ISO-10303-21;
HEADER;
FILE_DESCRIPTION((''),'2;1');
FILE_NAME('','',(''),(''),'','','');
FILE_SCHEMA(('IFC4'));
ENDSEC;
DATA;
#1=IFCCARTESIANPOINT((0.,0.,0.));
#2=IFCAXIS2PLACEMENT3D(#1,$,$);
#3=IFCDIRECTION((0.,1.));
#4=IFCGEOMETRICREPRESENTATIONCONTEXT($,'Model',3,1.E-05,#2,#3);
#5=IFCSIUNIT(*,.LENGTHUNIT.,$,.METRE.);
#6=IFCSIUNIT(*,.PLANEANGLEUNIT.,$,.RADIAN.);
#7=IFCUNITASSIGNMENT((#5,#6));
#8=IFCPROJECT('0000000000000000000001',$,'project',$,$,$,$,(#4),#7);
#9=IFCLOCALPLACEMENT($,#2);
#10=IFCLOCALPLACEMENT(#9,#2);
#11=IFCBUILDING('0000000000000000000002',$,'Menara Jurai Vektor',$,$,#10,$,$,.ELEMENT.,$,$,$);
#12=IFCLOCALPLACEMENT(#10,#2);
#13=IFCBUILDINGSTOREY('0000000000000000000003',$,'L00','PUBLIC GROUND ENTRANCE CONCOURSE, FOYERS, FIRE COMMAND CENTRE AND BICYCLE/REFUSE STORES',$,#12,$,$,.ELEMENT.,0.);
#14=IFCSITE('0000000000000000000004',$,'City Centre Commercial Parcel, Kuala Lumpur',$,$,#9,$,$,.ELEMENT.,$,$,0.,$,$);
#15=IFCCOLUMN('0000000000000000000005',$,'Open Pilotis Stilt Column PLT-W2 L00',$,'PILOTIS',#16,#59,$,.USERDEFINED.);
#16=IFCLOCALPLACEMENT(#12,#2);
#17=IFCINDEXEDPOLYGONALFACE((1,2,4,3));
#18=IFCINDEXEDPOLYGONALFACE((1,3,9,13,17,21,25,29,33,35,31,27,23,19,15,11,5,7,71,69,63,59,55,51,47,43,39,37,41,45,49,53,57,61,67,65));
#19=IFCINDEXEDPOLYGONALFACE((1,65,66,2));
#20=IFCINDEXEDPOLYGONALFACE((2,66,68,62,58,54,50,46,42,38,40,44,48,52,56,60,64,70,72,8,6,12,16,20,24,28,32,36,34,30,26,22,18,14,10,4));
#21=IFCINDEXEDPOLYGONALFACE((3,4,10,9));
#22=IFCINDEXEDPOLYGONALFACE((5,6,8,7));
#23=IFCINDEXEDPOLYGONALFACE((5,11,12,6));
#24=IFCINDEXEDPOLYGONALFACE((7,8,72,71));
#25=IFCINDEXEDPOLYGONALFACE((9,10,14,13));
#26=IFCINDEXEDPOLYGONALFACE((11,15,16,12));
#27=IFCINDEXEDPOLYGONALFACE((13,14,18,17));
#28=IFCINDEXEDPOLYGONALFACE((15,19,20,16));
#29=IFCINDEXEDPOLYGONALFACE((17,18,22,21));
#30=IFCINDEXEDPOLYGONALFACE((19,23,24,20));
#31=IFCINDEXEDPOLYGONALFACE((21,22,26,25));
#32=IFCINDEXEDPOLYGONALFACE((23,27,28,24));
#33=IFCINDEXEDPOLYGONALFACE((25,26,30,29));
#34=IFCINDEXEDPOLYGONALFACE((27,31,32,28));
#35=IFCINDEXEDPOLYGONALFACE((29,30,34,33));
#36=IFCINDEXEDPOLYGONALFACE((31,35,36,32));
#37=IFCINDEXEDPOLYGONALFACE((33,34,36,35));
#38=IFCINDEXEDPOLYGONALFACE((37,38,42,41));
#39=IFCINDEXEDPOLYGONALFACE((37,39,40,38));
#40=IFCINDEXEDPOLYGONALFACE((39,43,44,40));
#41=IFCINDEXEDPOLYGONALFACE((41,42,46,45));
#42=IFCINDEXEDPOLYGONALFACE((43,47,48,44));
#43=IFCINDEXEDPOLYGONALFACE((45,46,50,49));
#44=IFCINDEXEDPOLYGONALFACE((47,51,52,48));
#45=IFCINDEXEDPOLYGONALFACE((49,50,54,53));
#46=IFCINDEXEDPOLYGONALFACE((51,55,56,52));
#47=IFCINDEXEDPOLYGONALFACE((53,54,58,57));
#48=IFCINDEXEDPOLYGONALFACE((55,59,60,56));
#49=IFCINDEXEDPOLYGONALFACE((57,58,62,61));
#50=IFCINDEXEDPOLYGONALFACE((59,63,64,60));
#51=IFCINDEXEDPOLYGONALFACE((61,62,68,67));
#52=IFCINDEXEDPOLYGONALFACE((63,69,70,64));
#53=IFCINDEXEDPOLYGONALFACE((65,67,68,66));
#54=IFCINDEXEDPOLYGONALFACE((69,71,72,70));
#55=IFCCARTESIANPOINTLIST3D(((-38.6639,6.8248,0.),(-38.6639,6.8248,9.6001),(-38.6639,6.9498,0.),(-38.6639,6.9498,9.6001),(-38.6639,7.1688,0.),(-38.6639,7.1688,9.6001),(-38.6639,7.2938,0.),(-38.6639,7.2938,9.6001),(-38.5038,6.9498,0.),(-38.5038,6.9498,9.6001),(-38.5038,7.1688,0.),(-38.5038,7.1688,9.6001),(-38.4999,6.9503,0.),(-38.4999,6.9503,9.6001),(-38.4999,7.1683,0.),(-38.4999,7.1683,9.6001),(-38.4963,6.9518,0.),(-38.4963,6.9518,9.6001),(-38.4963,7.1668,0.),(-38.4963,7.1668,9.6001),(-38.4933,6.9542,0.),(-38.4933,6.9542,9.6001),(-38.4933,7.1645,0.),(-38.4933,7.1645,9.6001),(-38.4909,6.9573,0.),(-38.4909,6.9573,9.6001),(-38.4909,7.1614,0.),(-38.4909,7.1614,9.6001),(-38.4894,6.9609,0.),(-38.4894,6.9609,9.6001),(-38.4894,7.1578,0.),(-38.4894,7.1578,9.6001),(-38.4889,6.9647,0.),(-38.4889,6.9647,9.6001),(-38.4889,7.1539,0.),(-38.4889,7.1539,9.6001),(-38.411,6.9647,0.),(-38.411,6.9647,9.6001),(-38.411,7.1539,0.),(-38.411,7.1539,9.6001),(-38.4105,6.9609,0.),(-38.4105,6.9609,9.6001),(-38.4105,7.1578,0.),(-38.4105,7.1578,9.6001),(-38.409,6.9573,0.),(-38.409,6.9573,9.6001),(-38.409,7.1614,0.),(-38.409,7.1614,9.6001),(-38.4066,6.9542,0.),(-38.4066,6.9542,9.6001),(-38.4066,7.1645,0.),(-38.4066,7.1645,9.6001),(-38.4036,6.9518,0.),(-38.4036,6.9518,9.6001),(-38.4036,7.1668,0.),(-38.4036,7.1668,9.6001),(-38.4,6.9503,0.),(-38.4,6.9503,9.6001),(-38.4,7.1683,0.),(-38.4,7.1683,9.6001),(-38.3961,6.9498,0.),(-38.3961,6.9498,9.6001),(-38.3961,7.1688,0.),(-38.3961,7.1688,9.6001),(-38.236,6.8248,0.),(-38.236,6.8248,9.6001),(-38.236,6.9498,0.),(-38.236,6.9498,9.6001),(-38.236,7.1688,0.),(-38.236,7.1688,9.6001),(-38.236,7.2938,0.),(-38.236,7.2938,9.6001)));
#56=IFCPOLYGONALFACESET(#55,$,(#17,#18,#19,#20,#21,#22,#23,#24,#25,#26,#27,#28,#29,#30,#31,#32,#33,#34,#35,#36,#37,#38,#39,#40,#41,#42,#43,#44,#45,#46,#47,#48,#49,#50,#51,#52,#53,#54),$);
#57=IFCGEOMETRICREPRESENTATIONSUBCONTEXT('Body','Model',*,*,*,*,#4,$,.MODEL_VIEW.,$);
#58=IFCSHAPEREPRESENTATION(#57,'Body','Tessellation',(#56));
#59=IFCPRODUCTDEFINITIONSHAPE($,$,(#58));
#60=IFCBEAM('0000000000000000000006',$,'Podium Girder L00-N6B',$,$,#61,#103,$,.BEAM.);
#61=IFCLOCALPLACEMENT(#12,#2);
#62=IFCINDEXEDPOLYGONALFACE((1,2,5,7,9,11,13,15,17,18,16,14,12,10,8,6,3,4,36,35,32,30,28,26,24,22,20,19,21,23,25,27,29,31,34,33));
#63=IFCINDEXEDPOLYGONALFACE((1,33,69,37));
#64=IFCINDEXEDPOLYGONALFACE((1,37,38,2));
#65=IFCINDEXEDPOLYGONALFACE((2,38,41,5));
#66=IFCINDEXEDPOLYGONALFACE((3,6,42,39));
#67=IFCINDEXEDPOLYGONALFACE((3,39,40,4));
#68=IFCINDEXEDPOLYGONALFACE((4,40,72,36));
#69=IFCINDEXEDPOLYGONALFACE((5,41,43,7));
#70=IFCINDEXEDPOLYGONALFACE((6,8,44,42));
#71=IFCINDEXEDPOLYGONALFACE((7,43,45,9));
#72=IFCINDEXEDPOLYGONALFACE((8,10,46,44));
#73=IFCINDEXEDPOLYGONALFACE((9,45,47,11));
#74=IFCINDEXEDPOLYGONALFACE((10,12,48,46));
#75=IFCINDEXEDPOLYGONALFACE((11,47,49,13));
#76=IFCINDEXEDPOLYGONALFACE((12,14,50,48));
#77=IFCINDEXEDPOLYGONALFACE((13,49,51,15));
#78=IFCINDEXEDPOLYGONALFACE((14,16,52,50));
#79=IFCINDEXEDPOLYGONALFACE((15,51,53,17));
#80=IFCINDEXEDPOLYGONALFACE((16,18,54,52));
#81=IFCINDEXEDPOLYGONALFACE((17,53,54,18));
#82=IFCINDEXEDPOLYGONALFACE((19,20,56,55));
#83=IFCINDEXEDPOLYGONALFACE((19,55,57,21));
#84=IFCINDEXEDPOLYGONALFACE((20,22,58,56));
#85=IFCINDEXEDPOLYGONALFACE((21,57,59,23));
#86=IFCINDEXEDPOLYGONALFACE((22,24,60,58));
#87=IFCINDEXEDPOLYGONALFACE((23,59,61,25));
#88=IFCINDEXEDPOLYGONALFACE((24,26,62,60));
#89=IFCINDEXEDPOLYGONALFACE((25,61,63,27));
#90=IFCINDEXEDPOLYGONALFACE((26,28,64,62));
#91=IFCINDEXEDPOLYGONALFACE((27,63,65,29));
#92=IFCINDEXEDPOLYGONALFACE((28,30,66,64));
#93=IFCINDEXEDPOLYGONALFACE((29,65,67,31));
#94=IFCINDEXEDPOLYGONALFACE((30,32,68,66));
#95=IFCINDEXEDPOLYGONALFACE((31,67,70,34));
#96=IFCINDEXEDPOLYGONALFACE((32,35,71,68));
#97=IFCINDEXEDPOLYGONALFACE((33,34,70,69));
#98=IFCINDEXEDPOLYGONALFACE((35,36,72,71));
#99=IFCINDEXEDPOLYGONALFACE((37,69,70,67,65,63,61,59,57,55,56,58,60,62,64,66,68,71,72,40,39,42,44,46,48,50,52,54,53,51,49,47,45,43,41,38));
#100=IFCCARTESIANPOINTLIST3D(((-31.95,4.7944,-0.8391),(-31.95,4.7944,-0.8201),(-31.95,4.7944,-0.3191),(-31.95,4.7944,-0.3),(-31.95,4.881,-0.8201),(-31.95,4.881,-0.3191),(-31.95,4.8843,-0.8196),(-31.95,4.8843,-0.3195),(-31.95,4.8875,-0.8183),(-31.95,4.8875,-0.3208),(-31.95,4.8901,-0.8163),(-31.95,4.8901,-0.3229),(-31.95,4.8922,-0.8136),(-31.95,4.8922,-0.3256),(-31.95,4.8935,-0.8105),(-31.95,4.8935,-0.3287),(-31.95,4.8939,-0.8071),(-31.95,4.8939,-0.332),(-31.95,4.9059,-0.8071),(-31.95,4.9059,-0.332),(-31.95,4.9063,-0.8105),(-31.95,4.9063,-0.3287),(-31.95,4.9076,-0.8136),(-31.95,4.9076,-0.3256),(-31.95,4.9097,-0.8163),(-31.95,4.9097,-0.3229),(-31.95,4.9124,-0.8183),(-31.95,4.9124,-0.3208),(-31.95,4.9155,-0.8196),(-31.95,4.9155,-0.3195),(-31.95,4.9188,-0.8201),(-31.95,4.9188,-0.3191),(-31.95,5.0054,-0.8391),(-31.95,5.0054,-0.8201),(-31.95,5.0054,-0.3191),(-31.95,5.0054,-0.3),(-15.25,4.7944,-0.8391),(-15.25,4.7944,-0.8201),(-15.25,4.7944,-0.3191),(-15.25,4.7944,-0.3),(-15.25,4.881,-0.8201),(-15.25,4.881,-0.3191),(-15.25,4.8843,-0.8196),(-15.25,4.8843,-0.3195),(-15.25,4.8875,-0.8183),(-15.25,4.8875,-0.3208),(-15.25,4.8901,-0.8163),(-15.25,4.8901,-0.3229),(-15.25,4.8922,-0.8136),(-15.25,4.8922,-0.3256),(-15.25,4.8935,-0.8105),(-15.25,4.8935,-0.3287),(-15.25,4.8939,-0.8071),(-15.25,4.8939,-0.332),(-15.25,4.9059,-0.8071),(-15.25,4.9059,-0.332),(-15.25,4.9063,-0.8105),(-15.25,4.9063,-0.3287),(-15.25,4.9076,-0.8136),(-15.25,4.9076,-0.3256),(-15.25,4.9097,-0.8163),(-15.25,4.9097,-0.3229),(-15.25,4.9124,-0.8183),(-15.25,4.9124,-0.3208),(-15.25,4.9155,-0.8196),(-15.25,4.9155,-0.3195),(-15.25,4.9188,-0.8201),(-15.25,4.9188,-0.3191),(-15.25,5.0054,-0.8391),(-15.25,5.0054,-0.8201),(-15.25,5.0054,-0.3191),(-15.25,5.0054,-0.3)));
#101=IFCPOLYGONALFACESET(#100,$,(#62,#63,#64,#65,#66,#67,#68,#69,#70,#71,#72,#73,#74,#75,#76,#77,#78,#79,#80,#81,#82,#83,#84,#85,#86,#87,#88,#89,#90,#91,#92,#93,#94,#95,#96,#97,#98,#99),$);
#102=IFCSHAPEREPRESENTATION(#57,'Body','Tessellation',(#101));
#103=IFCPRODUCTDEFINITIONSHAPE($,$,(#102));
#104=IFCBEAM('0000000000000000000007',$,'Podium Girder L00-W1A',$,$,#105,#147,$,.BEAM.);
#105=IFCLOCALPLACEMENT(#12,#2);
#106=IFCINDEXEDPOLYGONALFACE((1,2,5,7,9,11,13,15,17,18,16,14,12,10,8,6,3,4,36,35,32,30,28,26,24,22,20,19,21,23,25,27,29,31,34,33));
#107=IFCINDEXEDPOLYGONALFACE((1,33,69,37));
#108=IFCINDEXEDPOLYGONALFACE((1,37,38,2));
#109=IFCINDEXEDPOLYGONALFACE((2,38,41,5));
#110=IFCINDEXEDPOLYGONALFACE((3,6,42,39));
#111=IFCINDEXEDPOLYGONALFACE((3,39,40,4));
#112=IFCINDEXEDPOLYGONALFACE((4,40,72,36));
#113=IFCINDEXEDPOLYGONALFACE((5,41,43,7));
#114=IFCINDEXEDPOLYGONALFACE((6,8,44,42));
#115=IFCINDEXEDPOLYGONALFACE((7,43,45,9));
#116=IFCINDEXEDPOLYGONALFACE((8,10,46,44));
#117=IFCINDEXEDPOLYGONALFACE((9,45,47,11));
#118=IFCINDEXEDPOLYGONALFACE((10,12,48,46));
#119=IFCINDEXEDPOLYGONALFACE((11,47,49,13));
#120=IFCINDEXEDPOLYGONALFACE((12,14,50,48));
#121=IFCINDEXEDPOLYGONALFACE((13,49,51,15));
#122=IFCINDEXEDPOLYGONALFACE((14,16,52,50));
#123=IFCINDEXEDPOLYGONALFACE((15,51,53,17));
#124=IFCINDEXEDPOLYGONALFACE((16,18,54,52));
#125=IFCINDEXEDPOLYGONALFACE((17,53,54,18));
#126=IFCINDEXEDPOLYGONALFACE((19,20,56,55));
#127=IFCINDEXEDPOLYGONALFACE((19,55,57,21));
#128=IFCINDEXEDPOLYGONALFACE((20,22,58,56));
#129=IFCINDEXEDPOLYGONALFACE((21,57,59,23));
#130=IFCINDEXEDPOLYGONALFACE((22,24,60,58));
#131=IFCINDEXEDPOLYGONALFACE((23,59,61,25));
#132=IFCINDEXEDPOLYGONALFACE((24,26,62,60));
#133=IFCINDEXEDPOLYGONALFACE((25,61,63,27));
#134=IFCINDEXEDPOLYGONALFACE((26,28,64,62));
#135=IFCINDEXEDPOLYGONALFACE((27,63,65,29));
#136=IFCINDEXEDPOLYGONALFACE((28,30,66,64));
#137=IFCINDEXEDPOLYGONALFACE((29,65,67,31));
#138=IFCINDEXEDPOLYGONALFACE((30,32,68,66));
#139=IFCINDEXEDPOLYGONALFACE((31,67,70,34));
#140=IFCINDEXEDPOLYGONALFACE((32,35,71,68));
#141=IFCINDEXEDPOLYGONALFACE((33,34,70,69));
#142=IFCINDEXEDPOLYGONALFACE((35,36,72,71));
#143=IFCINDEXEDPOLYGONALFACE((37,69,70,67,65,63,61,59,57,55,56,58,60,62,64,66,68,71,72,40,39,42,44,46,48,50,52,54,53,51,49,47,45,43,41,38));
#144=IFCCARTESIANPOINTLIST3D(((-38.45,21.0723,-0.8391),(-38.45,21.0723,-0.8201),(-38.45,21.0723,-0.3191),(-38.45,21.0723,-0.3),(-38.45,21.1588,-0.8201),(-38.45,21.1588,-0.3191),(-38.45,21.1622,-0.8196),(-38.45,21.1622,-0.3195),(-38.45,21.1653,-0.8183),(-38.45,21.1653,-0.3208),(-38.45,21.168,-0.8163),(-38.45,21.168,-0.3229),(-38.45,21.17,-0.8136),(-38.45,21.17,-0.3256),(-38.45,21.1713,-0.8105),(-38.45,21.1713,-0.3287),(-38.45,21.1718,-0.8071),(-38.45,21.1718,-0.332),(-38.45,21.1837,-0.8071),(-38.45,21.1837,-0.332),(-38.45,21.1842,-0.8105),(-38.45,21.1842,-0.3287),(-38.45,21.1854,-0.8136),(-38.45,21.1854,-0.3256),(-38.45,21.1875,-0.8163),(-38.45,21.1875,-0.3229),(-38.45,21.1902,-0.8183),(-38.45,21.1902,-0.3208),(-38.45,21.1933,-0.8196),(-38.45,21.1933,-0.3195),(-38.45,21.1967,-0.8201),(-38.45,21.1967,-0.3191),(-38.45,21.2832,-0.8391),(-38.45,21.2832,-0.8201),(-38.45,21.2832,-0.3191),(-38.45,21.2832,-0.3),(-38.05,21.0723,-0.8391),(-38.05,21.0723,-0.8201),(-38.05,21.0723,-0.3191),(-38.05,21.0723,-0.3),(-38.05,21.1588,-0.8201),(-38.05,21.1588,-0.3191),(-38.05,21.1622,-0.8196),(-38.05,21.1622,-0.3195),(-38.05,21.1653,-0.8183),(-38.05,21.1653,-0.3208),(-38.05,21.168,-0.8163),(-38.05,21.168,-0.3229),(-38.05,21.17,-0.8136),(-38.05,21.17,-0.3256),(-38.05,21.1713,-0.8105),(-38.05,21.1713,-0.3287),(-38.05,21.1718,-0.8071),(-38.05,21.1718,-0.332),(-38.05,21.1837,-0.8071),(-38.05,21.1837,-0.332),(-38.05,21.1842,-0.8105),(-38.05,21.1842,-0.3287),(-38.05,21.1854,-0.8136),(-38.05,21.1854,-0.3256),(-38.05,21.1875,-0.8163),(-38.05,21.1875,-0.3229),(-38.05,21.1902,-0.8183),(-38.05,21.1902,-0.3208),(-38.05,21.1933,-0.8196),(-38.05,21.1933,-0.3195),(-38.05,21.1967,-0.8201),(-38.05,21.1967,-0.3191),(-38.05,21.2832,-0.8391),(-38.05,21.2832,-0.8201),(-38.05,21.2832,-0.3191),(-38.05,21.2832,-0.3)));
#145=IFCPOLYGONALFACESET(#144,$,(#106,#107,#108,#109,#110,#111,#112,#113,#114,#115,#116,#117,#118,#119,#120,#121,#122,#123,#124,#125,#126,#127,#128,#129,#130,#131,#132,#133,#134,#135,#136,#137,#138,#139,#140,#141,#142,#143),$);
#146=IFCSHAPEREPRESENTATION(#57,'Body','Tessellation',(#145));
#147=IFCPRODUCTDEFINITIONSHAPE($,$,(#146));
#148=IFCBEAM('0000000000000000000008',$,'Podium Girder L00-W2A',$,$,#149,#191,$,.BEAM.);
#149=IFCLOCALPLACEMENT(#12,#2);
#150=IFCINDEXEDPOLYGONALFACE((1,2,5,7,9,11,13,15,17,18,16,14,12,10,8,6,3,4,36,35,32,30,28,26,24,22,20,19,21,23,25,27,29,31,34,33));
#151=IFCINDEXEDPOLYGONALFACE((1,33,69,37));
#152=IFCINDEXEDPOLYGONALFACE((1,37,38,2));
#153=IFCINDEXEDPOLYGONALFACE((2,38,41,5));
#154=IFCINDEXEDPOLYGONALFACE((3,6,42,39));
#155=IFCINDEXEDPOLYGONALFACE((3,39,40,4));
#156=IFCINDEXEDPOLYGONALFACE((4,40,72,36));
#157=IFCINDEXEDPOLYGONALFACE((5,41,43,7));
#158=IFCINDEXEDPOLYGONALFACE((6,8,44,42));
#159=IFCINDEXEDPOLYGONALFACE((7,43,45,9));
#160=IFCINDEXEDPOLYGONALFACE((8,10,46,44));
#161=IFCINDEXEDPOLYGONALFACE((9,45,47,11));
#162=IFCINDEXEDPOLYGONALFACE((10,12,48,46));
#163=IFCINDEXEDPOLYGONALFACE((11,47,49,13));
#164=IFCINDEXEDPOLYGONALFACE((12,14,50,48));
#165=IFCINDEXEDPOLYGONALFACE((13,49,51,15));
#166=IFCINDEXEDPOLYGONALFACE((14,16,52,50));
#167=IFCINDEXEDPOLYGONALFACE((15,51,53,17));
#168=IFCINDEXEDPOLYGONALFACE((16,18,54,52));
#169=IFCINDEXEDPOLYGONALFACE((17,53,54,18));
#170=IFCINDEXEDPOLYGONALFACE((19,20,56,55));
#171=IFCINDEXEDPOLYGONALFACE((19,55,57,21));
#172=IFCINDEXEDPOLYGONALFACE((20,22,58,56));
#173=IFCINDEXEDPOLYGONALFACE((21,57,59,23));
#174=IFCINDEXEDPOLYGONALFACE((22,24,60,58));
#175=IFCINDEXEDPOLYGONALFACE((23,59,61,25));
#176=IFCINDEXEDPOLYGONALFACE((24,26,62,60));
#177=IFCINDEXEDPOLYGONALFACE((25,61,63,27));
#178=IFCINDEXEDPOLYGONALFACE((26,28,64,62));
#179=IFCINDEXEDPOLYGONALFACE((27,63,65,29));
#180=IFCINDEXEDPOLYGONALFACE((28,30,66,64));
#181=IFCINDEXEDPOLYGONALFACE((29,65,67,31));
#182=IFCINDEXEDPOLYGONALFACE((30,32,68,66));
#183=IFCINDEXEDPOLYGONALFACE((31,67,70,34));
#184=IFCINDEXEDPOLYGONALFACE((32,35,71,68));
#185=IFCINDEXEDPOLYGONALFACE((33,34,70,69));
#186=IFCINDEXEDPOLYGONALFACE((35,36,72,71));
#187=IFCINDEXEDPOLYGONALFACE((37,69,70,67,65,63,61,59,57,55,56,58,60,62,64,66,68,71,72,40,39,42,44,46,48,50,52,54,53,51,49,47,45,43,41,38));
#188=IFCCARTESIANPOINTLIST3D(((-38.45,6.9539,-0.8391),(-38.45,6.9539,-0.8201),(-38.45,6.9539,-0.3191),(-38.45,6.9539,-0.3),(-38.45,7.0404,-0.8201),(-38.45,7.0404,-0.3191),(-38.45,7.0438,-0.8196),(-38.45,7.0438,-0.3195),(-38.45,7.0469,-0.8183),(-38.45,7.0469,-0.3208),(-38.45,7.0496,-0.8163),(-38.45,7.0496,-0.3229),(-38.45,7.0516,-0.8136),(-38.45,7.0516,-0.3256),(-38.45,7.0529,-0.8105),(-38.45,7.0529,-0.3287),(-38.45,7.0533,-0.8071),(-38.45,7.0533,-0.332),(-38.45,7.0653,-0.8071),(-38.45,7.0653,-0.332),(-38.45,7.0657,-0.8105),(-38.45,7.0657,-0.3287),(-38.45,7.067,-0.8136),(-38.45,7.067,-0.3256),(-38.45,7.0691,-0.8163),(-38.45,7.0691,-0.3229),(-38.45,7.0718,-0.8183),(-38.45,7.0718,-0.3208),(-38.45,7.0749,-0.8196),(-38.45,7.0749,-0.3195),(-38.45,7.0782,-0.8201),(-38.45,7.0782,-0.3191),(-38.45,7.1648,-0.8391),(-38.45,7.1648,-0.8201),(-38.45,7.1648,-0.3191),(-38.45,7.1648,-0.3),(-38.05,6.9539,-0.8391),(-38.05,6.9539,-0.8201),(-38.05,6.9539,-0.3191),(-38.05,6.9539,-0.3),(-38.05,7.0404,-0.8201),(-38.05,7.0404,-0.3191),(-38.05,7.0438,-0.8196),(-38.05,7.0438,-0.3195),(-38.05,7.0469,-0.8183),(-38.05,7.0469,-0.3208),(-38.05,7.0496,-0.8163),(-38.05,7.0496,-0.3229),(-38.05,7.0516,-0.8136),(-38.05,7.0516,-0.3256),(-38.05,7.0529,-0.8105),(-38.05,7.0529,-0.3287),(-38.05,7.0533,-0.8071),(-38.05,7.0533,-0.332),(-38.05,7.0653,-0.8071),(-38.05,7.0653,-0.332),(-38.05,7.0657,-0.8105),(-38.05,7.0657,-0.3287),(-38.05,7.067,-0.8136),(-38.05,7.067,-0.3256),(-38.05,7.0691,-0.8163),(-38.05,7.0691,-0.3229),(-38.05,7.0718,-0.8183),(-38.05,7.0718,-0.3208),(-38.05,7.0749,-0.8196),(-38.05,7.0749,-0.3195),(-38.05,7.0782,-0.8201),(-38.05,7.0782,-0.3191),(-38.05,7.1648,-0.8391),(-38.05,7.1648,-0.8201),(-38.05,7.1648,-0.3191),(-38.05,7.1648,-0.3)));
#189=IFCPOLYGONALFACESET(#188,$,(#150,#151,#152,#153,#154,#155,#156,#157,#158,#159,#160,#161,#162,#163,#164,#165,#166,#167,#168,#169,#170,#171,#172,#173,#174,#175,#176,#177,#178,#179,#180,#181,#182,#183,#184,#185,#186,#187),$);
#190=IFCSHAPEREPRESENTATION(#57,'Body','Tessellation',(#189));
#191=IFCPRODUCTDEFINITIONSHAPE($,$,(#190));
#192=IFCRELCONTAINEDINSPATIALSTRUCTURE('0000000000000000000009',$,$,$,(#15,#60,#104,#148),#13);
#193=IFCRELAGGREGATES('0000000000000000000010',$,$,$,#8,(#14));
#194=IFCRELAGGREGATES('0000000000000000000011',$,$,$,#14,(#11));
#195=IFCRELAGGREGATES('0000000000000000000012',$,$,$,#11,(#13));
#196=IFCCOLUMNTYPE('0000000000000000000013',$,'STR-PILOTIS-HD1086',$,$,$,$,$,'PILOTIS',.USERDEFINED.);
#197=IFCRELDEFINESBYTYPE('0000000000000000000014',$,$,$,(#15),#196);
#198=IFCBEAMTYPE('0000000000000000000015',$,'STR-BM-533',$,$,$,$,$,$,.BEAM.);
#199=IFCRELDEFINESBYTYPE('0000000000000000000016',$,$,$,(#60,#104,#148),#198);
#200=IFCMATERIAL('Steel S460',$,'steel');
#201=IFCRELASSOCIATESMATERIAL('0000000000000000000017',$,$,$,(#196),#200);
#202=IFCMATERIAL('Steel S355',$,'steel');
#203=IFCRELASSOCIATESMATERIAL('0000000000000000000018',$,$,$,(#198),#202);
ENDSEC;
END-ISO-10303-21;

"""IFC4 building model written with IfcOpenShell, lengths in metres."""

from ifc_helpers import new_model, si_unit, direction, frame, origin, origin_2d, place, context, subcontext, project, spatial, i_section, extrude, material, material_profile, profile_set, type_object, element, save


model = new_model("IFC4")

# Units and contexts
model_context = context("Model", 3, precision=1e-05, world=origin(), true_north=direction((0.0, 1.0)))
body_context = subcontext(model_context, "Body", "Model", "MODEL_VIEW")
ifc_project = project(units=[si_unit("LENGTHUNIT", "METRE"), si_unit("PLANEANGLEUNIT", "RADIAN")], contexts=[model_context])

# Site, building, storey
site_placement = place(None, origin())
site = spatial("IfcSite", under=ifc_project, at=site_placement, Name="City Centre Commercial Parcel, Kuala Lumpur", CompositionType="ELEMENT", RefElevation=0.0)
building_placement = place(site_placement, origin())
building = spatial("IfcBuilding", under=site, at=building_placement, Name="Menara Jurai Vektor", CompositionType="ELEMENT")
storey_placement = place(building_placement, origin())
storey = spatial("IfcBuildingStorey", under=building, at=storey_placement, Name="L00", Description="PUBLIC GROUND ENTRANCE CONCOURSE, FOYERS, FIRE COMMAND CENTRE AND BICYCLE/REFUSE STORES", CompositionType="ELEMENT", Elevation=0.0)

# Column
ifc_material_1 = material(Name="Steel S355", Category="steel")
ifc_material_2 = material(Name="Steel S460", Category="steel")
ifc_material_profile_1 = material_profile(ifc_material_2, i_section(OverallWidth=0.428, OverallDepth=0.469, WebThickness=0.0779, FlangeThickness=0.125, FilletRadius=0.0149, at=origin_2d()), Name="HD 400x1086")
ifc_profile_set_1 = profile_set([ifc_material_profile_1], Name="Steel S460")
column_type_1 = type_object("IfcColumnType", Name="STR-PILOTIS-HD1086", ElementType="PILOTIS", PredefinedType="USERDEFINED", material=ifc_profile_set_1)
for number, where, z_axis, x_axis, name in (
    (1, (-38.45, 7.0593, 0.0), (0.0, 0.0, 1.0), (1.0, 0.0, 0.0), "Open Pilotis Stilt Column PLT-W2 L00"),
):
    element("IfcColumn", number, at=place(storey_placement, frame(where, z_axis=z_axis, x_axis=x_axis)), inside=storey, type_object=column_type_1, Name=name, ObjectType="PILOTIS", PredefinedType="USERDEFINED", context=body_context, shape_type="SweptSolid", body=[
        extrude(i_section(OverallWidth=0.428, OverallDepth=0.469, WebThickness=0.0779, FlangeThickness=0.125, FilletRadius=0.0149, at=origin_2d()), origin(), (0.0, 0.0, 1.0), 9.6001),
    ])

# Beams
ifc_material_profile_2 = material_profile(ifc_material_1, i_section(OverallWidth=0.2109, OverallDepth=0.5391, WebThickness=0.012, FlangeThickness=0.019, FilletRadius=0.0129, at=origin_2d()), Name="UKB 533x210x109")
ifc_profile_set_2 = profile_set([ifc_material_profile_2], Name="Steel S355")
beam_type_1 = type_object("IfcBeamType", Name="STR-BM-533", PredefinedType="BEAM", material=ifc_profile_set_2)
beam_1_placement = place(storey_placement, frame((-31.95, 4.8999, -0.5696), z_axis=(1.0, 0.0, 0.0), x_axis=(0.0, 1.0, 0.0)))
element("IfcBeam", 2, at=beam_1_placement, inside=storey, type_object=beam_type_1, Name="Podium Girder L00-N6B", PredefinedType="BEAM", context=body_context, shape_type="SweptSolid", body=[
    extrude(i_section(OverallWidth=0.2109, OverallDepth=0.5391, WebThickness=0.012, FlangeThickness=0.019, FilletRadius=0.0129, at=origin_2d()), origin(), (0.0, 0.0, 1.0), 16.7),
])
for number, where, z_axis, x_axis, name in (
    (3, (-38.45, 21.1777, -0.5696), (1.0, 0.0, 0.0), (0.0, 1.0, 0.0), "Podium Girder L00-W1A"),
    (4, (-38.45, 7.0593, -0.5696), (1.0, 0.0, 0.0), (0.0, 1.0, 0.0), "Podium Girder L00-W2A"),
):
    element("IfcBeam", number, at=place(storey_placement, frame(where, z_axis=z_axis, x_axis=x_axis)), inside=storey, type_object=beam_type_1, Name=name, PredefinedType="BEAM", context=body_context, shape_type="SweptSolid", body=[
        extrude(i_section(OverallWidth=0.2109, OverallDepth=0.5391, WebThickness=0.012, FlangeThickness=0.019, FilletRadius=0.0129, at=origin_2d()), origin(), (0.0, 0.0, 1.0), 0.3999),
    ])

save(model, "model.ifc")
